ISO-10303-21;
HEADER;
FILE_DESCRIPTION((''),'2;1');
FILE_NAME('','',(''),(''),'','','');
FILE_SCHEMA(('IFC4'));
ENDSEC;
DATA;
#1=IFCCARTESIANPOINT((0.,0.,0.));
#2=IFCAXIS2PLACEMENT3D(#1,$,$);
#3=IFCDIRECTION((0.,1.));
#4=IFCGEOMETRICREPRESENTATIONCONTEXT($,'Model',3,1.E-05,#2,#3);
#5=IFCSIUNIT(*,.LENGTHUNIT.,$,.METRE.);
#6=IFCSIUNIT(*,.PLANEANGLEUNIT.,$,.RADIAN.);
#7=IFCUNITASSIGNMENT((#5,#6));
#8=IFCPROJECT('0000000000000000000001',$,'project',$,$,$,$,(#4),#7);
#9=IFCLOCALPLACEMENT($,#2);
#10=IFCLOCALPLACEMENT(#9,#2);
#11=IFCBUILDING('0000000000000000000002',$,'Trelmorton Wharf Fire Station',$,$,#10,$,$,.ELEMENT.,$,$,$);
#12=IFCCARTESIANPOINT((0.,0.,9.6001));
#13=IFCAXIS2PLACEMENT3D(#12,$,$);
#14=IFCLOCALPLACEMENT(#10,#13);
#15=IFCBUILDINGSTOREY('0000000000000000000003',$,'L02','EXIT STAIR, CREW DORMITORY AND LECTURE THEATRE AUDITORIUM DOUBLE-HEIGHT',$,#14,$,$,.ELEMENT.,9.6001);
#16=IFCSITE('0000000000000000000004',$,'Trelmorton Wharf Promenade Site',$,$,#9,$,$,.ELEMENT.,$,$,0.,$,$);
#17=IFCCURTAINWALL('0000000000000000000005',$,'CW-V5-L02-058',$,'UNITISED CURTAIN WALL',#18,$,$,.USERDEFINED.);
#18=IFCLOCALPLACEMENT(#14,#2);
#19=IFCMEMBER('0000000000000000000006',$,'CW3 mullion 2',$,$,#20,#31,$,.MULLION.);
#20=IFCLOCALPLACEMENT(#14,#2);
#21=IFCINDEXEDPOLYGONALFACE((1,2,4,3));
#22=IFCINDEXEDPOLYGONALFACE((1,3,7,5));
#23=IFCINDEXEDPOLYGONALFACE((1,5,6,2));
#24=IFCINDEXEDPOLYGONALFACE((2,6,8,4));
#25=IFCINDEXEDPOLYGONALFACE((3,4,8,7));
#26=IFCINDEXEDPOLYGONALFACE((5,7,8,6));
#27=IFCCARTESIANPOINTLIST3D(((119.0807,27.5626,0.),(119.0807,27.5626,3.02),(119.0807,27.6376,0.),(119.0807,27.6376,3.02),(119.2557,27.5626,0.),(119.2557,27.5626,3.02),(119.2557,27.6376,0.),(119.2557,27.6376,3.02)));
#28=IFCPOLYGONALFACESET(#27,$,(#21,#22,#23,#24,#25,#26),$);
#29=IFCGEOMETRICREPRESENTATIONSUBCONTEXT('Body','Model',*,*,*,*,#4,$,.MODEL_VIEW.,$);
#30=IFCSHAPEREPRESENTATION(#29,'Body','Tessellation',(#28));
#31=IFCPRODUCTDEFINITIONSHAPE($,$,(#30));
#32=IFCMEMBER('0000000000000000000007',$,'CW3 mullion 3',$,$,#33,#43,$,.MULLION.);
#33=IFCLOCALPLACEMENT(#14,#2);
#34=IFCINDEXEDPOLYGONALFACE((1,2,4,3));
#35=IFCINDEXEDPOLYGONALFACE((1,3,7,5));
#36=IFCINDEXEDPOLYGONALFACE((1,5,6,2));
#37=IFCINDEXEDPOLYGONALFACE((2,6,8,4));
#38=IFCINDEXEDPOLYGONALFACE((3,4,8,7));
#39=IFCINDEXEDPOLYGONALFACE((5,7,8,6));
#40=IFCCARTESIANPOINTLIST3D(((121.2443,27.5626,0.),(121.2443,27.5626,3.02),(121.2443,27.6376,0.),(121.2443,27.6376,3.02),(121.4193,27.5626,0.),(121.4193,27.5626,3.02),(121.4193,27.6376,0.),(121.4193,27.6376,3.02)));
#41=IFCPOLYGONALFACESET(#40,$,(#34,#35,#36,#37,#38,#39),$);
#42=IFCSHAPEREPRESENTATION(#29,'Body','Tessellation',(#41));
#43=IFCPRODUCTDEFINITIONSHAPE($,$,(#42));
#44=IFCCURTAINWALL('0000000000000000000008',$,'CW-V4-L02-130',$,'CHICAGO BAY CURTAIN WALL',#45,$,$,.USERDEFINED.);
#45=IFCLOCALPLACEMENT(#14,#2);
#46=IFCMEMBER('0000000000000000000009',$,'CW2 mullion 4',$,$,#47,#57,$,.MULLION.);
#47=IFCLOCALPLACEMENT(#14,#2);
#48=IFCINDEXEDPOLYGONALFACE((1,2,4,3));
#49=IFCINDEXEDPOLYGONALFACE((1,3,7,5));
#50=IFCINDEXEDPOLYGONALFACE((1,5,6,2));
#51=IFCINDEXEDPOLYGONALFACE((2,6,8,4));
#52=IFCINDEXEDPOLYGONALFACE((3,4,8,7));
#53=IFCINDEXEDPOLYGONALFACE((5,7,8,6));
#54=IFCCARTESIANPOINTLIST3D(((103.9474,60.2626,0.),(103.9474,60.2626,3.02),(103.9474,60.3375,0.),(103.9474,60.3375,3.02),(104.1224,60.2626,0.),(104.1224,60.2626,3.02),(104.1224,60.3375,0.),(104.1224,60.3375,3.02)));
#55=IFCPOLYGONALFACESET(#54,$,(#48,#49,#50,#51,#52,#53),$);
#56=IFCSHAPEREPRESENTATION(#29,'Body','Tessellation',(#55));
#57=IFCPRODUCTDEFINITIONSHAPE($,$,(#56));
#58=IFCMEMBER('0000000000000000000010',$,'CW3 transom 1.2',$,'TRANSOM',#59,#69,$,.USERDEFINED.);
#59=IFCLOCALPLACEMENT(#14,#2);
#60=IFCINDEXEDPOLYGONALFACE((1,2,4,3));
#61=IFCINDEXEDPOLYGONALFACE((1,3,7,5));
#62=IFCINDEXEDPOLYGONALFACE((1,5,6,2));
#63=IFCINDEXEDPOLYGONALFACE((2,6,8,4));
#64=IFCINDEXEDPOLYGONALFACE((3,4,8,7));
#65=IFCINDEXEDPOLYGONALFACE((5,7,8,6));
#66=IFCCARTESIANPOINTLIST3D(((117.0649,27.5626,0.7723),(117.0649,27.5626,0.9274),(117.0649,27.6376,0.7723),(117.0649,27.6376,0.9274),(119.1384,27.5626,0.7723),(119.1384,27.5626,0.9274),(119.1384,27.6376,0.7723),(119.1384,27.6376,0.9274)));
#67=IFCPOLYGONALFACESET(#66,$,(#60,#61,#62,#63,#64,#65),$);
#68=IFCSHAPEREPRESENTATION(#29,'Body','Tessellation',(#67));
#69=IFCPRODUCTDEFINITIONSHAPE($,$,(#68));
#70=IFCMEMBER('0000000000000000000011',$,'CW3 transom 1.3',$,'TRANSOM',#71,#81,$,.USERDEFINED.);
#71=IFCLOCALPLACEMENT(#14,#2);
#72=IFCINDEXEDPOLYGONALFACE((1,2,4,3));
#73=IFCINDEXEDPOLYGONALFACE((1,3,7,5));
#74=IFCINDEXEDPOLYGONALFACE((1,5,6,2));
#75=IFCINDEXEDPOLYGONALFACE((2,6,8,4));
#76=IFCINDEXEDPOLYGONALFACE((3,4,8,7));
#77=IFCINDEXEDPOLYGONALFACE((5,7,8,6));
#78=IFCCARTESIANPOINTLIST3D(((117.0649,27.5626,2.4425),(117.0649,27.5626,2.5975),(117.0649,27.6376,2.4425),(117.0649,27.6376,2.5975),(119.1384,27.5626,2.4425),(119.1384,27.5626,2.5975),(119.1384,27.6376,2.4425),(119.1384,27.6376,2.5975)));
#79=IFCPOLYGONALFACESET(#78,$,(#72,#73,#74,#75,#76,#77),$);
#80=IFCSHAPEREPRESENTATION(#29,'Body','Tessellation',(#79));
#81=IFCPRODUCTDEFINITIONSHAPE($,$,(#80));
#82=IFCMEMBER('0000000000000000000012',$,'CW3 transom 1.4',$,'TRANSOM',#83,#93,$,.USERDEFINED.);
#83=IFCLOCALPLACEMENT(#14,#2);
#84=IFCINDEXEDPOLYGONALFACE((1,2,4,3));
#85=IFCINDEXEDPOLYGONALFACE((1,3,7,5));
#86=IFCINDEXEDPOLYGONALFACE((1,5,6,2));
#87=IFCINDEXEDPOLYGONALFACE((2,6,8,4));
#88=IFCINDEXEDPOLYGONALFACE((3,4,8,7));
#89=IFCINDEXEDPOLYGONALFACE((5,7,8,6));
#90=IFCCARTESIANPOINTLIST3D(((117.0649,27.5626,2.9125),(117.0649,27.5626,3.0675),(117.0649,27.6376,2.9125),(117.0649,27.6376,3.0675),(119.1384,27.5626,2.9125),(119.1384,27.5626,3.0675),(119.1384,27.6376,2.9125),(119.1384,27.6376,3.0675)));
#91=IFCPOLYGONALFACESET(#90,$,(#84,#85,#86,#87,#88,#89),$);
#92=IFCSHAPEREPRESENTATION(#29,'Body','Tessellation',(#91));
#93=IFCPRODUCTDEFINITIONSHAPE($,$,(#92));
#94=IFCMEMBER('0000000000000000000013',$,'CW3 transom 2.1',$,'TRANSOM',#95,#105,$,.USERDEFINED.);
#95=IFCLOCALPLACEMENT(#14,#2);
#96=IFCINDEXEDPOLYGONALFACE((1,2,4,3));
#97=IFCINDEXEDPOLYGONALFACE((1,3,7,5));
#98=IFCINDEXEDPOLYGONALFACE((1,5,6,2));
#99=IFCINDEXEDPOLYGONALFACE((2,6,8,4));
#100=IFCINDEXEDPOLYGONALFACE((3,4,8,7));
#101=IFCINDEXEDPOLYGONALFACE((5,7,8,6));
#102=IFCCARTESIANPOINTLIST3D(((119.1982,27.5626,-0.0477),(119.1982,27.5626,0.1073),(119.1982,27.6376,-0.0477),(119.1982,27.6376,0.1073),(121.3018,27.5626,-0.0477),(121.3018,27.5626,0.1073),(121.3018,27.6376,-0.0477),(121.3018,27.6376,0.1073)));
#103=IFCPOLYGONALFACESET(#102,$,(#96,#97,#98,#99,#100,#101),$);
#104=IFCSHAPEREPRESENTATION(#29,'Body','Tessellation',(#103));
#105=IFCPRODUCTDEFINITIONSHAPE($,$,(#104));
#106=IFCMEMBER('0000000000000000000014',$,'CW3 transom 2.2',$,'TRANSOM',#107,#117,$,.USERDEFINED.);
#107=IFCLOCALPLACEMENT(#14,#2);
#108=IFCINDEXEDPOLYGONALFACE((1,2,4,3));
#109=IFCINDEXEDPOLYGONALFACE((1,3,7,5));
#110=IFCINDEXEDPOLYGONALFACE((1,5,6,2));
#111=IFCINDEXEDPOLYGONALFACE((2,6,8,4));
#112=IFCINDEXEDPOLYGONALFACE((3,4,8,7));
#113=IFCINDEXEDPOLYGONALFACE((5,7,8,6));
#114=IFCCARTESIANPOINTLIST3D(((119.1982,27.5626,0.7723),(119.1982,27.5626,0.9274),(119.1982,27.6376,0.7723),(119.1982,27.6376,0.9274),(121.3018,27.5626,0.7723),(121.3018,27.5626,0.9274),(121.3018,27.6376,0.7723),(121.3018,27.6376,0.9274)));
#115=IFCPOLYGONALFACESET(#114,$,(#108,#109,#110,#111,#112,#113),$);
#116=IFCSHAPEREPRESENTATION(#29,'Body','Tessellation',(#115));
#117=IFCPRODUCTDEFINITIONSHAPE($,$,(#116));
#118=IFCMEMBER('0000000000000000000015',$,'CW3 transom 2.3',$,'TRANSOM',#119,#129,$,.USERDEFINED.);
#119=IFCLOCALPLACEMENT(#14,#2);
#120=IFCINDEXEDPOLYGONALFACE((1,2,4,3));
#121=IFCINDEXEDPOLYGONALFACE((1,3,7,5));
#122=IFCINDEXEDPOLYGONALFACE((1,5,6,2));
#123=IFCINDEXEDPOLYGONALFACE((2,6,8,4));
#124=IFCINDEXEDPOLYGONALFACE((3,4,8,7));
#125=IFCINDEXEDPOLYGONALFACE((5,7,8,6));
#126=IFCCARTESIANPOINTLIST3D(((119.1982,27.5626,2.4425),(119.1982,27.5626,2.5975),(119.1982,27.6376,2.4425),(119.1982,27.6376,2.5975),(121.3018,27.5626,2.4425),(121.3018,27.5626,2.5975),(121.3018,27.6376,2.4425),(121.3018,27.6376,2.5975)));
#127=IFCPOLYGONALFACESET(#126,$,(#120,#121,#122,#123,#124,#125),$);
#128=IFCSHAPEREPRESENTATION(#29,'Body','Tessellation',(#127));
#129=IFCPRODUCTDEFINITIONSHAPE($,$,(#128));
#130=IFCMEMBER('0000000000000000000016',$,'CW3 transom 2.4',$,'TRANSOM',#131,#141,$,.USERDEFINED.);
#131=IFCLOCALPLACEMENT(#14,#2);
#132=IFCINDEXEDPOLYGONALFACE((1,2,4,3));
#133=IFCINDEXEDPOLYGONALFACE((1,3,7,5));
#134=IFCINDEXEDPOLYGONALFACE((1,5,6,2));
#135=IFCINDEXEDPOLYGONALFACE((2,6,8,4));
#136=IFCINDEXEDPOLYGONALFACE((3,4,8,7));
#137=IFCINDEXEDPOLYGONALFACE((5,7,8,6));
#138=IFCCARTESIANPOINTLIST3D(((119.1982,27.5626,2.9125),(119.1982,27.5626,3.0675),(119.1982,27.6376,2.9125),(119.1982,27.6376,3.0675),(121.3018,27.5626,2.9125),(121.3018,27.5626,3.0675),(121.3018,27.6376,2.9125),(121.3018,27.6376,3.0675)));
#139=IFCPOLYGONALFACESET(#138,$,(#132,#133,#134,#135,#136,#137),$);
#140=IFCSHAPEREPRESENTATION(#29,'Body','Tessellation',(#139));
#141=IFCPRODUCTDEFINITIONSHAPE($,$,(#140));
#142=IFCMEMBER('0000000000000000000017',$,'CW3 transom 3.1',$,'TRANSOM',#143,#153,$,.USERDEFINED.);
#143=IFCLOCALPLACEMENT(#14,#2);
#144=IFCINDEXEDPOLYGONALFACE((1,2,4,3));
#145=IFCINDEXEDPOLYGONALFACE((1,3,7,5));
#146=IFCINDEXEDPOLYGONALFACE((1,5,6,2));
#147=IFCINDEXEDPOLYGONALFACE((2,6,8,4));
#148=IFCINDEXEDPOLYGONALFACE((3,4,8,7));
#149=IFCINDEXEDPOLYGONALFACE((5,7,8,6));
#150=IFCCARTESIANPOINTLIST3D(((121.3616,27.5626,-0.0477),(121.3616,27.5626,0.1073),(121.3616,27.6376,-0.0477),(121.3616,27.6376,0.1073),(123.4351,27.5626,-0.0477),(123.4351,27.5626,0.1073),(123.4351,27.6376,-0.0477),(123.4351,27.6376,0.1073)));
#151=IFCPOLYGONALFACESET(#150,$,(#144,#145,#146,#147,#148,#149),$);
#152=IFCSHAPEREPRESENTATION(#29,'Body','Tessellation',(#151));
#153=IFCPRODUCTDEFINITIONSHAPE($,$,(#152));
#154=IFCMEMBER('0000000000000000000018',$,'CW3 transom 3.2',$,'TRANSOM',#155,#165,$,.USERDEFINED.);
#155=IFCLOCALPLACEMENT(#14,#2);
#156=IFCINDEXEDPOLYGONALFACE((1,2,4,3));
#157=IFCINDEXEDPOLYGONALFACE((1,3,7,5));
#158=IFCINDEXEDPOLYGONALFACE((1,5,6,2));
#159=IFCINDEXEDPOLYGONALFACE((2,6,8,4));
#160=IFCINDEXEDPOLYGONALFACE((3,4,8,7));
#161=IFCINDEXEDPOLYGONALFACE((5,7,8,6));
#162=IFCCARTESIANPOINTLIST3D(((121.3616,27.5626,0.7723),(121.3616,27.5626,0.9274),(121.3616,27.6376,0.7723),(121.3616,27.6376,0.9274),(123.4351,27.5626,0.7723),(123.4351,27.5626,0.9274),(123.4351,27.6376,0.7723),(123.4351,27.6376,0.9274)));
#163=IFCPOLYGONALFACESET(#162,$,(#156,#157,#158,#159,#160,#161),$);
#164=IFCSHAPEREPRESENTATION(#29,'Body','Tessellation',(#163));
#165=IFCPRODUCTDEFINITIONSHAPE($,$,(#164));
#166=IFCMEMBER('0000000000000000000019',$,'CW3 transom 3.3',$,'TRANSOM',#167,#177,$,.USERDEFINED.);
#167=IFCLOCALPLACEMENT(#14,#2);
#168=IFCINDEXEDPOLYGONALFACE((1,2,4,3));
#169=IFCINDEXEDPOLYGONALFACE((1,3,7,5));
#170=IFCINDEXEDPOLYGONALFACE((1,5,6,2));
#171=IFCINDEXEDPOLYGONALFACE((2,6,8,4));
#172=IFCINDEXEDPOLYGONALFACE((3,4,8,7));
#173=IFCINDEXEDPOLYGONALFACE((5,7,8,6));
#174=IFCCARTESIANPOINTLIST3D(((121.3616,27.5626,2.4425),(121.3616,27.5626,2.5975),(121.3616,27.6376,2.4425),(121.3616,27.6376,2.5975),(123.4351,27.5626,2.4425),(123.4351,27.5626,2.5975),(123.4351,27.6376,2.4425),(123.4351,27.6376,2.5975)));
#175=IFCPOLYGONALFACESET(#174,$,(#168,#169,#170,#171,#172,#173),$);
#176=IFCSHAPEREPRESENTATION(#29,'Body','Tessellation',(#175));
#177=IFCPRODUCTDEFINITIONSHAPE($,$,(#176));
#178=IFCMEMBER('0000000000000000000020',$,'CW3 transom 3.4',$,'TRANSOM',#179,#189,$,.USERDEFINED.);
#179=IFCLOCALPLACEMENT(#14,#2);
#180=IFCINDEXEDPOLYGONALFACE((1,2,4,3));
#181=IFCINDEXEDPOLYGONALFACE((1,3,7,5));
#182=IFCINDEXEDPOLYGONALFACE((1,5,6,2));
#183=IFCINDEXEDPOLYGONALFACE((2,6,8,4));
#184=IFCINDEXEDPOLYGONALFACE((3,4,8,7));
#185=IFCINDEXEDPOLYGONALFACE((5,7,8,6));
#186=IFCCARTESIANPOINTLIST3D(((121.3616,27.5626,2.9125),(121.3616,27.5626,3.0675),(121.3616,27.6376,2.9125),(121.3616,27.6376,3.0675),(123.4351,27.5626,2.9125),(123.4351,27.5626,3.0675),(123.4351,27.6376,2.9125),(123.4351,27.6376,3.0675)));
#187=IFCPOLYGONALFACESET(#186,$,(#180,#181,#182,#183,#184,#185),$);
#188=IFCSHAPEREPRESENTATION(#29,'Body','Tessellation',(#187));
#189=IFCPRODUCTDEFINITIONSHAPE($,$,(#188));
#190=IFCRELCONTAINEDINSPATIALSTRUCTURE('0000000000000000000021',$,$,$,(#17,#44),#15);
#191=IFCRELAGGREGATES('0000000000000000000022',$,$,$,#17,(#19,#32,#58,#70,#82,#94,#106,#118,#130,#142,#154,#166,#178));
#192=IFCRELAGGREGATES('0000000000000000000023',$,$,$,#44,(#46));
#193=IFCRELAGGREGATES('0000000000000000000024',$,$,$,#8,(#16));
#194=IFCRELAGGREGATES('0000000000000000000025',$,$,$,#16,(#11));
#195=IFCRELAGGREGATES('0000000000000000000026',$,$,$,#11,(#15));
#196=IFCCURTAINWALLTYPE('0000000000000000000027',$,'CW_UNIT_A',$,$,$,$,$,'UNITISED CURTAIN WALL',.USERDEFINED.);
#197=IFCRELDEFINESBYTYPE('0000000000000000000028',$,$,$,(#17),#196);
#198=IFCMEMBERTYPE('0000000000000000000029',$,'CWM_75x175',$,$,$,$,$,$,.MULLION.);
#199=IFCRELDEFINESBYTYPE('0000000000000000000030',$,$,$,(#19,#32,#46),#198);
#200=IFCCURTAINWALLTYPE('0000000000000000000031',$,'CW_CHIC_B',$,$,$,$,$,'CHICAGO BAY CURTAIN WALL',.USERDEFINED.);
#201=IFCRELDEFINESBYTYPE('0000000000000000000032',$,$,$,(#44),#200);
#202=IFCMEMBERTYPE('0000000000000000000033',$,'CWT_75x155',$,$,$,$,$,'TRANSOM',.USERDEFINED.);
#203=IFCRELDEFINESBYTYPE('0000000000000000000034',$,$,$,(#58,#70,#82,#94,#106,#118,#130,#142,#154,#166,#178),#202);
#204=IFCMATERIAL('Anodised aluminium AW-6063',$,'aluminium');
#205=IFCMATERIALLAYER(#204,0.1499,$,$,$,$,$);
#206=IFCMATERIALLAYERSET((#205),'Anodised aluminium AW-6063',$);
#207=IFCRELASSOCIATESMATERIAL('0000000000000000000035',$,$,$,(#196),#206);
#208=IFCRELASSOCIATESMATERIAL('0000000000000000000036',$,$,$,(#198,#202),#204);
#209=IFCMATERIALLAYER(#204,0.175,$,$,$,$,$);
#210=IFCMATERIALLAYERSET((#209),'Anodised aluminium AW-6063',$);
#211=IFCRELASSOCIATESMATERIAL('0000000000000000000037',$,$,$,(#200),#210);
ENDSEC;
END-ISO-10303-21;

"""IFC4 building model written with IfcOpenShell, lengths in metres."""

from ifc_helpers import new_model, si_unit, direction, frame, origin, origin_2d, place, context, subcontext, project, spatial, rectangle, extrude, material, layer, layer_set, material_profile, profile_set, type_object, element, aggregate, save


model = new_model("IFC4")

# Units and contexts
model_context = context("Model", 3, precision=1e-05, world=origin(), true_north=direction((0.0, 1.0)))
body_context = subcontext(model_context, "Body", "Model", "MODEL_VIEW")
ifc_project = project(units=[si_unit("LENGTHUNIT", "METRE"), si_unit("PLANEANGLEUNIT", "RADIAN")], contexts=[model_context])

# Site, building, storey
site_placement = place(None, origin())
site = spatial("IfcSite", under=ifc_project, at=site_placement, Name="Trelmorton Wharf Promenade Site", CompositionType="ELEMENT", RefElevation=0.0)
building_placement = place(site_placement, origin())
building = spatial("IfcBuilding", under=site, at=building_placement, Name="Trelmorton Wharf Fire Station", CompositionType="ELEMENT")
storey_placement = place(building_placement, frame((0.0, 0.0, 9.6001)))
storey = spatial("IfcBuildingStorey", under=building, at=storey_placement, Name="L02", Description="EXIT STAIR, CREW DORMITORY AND LECTURE THEATRE AUDITORIUM DOUBLE-HEIGHT", CompositionType="ELEMENT", Elevation=9.6001)

# Curtain wall, members
ifc_material_1 = material(Name="Anodised aluminium AW-6063", Category="aluminium")
ifc_layer_1 = layer(ifc_material_1, 0.1499)
ifc_layer_set_1 = layer_set([ifc_layer_1], Name="Anodised aluminium AW-6063")
curtain_wall_type_1 = type_object("IfcCurtainWallType", Name="CW_UNIT_A", ElementType="UNITISED CURTAIN WALL", PredefinedType="USERDEFINED", material=ifc_layer_set_1)
curtain_wall_1_placement = place(storey_placement, origin())
curtain_wall_1 = element("IfcCurtainWall", 1, at=curtain_wall_1_placement, inside=storey, type_object=curtain_wall_type_1, Name="CW-V5-L02-058", ObjectType="UNITISED CURTAIN WALL", PredefinedType="USERDEFINED")
ifc_material_profile_1 = material_profile(ifc_material_1, rectangle(XDim=0.075, YDim=0.175, at=origin_2d()), Name="ALU-75x175")
ifc_profile_set_1 = profile_set([ifc_material_profile_1], Name="Anodised aluminium AW-6063")
member_type_1 = type_object("IfcMemberType", Name="CWM_75x175", PredefinedType="MULLION", material=ifc_profile_set_1)
member_1_placement = place(storey_placement, frame((119.1682, 27.6001, 0.0), z_axis=(0.0, 0.0, 1.0), x_axis=(0.0, 1.0, 0.0)))
member_1 = element("IfcMember", 2, at=member_1_placement, type_object=member_type_1, Name="CW3 mullion 2", PredefinedType="MULLION", context=body_context, shape_type="SweptSolid", body=[
    extrude(rectangle(XDim=0.075, YDim=0.175, at=origin_2d()), origin(), (0.0, 0.0, 1.0), 3.02),
])
member_2_placement = place(storey_placement, frame((121.3318, 27.6001, 0.0), z_axis=(0.0, 0.0, 1.0), x_axis=(0.0, 1.0, 0.0)))
member_2 = element("IfcMember", 3, at=member_2_placement, type_object=member_type_1, Name="CW3 mullion 3", PredefinedType="MULLION", context=body_context, shape_type="SweptSolid", body=[
    extrude(rectangle(XDim=0.075, YDim=0.175, at=origin_2d()), origin(), (0.0, 0.0, 1.0), 3.02),
])

# Curtain wall, member
ifc_layer_2 = layer(ifc_material_1, 0.175)
ifc_layer_set_2 = layer_set([ifc_layer_2], Name="Anodised aluminium AW-6063")
curtain_wall_type_2 = type_object("IfcCurtainWallType", Name="CW_CHIC_B", ElementType="CHICAGO BAY CURTAIN WALL", PredefinedType="USERDEFINED", material=ifc_layer_set_2)
curtain_wall_2_placement = place(storey_placement, origin())
curtain_wall_2 = element("IfcCurtainWall", 4, at=curtain_wall_2_placement, inside=storey, type_object=curtain_wall_type_2, Name="CW-V4-L02-130", ObjectType="CHICAGO BAY CURTAIN WALL", PredefinedType="USERDEFINED")
member_3_placement = place(storey_placement, frame((104.0349, 60.3, 0.0), z_axis=(0.0, 0.0, 1.0), x_axis=(0.0, -1.0, 0.0)))
member_3 = element("IfcMember", 5, at=member_3_placement, type_object=member_type_1, Name="CW2 mullion 4", PredefinedType="MULLION", context=body_context, shape_type="SweptSolid", body=[
    extrude(rectangle(XDim=0.075, YDim=0.175, at=origin_2d()), origin(), (0.0, 0.0, 1.0), 3.02),
])

# Members
ifc_material_profile_2 = material_profile(ifc_material_1, rectangle(XDim=0.075, YDim=0.155, at=origin_2d()), Name="ALU-75x155")
ifc_profile_set_2 = profile_set([ifc_material_profile_2], Name="Anodised aluminium AW-6063")
member_type_2 = type_object("IfcMemberType", Name="CWT_75x155", ElementType="TRANSOM", PredefinedType="USERDEFINED", material=ifc_profile_set_2)
member_4_placement = place(storey_placement, frame((117.0649, 27.6001, 0.8499), z_axis=(1.0, 0.0, 0.0), x_axis=(0.0, 1.0, 0.0)))
member_4 = element("IfcMember", 6, at=member_4_placement, type_object=member_type_2, Name="CW3 transom 1.2", ObjectType="TRANSOM", PredefinedType="USERDEFINED", context=body_context, shape_type="SweptSolid", body=[
    extrude(rectangle(XDim=0.075, YDim=0.155, at=origin_2d()), origin(), (0.0, 0.0, 1.0), 2.0735),
])
member_5_placement = place(storey_placement, frame((117.0649, 27.6001, 2.52), z_axis=(1.0, 0.0, 0.0), x_axis=(0.0, 1.0, 0.0)))
member_5 = element("IfcMember", 7, at=member_5_placement, type_object=member_type_2, Name="CW3 transom 1.3", ObjectType="TRANSOM", PredefinedType="USERDEFINED", context=body_context, shape_type="SweptSolid", body=[
    extrude(rectangle(XDim=0.075, YDim=0.155, at=origin_2d()), origin(), (0.0, 0.0, 1.0), 2.0735),
])
member_6_placement = place(storey_placement, frame((117.0649, 27.6001, 2.99), z_axis=(1.0, 0.0, 0.0), x_axis=(0.0, 1.0, 0.0)))
member_6 = element("IfcMember", 8, at=member_6_placement, type_object=member_type_2, Name="CW3 transom 1.4", ObjectType="TRANSOM", PredefinedType="USERDEFINED", context=body_context, shape_type="SweptSolid", body=[
    extrude(rectangle(XDim=0.075, YDim=0.155, at=origin_2d()), origin(), (0.0, 0.0, 1.0), 2.0735),
])
member_7_placement = place(storey_placement, frame((119.1982, 27.6001, 0.0298), z_axis=(1.0, 0.0, 0.0), x_axis=(0.0, 1.0, 0.0)))
member_7 = element("IfcMember", 9, at=member_7_placement, type_object=member_type_2, Name="CW3 transom 2.1", ObjectType="TRANSOM", PredefinedType="USERDEFINED", context=body_context, shape_type="SweptSolid", body=[
    extrude(rectangle(XDim=0.075, YDim=0.155, at=origin_2d()), origin(), (0.0, 0.0, 1.0), 2.1035),
])
member_8_placement = place(storey_placement, frame((119.1982, 27.6001, 0.8499), z_axis=(1.0, 0.0, 0.0), x_axis=(0.0, 1.0, 0.0)))
member_8 = element("IfcMember", 10, at=member_8_placement, type_object=member_type_2, Name="CW3 transom 2.2", ObjectType="TRANSOM", PredefinedType="USERDEFINED", context=body_context, shape_type="SweptSolid", body=[
    extrude(rectangle(XDim=0.075, YDim=0.155, at=origin_2d()), origin(), (0.0, 0.0, 1.0), 2.1035),
])
member_9_placement = place(storey_placement, frame((119.1982, 27.6001, 2.52), z_axis=(1.0, 0.0, 0.0), x_axis=(0.0, 1.0, 0.0)))
member_9 = element("IfcMember", 11, at=member_9_placement, type_object=member_type_2, Name="CW3 transom 2.3", ObjectType="TRANSOM", PredefinedType="USERDEFINED", context=body_context, shape_type="SweptSolid", body=[
    extrude(rectangle(XDim=0.075, YDim=0.155, at=origin_2d()), origin(), (0.0, 0.0, 1.0), 2.1035),
])
member_10_placement = place(storey_placement, frame((119.1982, 27.6001, 2.99), z_axis=(1.0, 0.0, 0.0), x_axis=(0.0, 1.0, 0.0)))
member_10 = element("IfcMember", 12, at=member_10_placement, type_object=member_type_2, Name="CW3 transom 2.4", ObjectType="TRANSOM", PredefinedType="USERDEFINED", context=body_context, shape_type="SweptSolid", body=[
    extrude(rectangle(XDim=0.075, YDim=0.155, at=origin_2d()), origin(), (0.0, 0.0, 1.0), 2.1035),
])
member_11_placement = place(storey_placement, frame((121.3616, 27.6001, 0.0298), z_axis=(1.0, 0.0, 0.0), x_axis=(0.0, 1.0, 0.0)))
member_11 = element("IfcMember", 13, at=member_11_placement, type_object=member_type_2, Name="CW3 transom 3.1", ObjectType="TRANSOM", PredefinedType="USERDEFINED", context=body_context, shape_type="SweptSolid", body=[
    extrude(rectangle(XDim=0.075, YDim=0.155, at=origin_2d()), origin(), (0.0, 0.0, 1.0), 2.0735),
])
member_12_placement = place(storey_placement, frame((121.3616, 27.6001, 0.8499), z_axis=(1.0, 0.0, 0.0), x_axis=(0.0, 1.0, 0.0)))
member_12 = element("IfcMember", 14, at=member_12_placement, type_object=member_type_2, Name="CW3 transom 3.2", ObjectType="TRANSOM", PredefinedType="USERDEFINED", context=body_context, shape_type="SweptSolid", body=[
    extrude(rectangle(XDim=0.075, YDim=0.155, at=origin_2d()), origin(), (0.0, 0.0, 1.0), 2.0735),
])
member_13_placement = place(storey_placement, frame((121.3616, 27.6001, 2.52), z_axis=(1.0, 0.0, 0.0), x_axis=(0.0, 1.0, 0.0)))
member_13 = element("IfcMember", 15, at=member_13_placement, type_object=member_type_2, Name="CW3 transom 3.3", ObjectType="TRANSOM", PredefinedType="USERDEFINED", context=body_context, shape_type="SweptSolid", body=[
    extrude(rectangle(XDim=0.075, YDim=0.155, at=origin_2d()), origin(), (0.0, 0.0, 1.0), 2.0735),
])
member_14_placement = place(storey_placement, frame((121.3616, 27.6001, 2.99), z_axis=(1.0, 0.0, 0.0), x_axis=(0.0, 1.0, 0.0)))
member_14 = element("IfcMember", 16, at=member_14_placement, type_object=member_type_2, Name="CW3 transom 3.4", ObjectType="TRANSOM", PredefinedType="USERDEFINED", context=body_context, shape_type="SweptSolid", body=[
    extrude(rectangle(XDim=0.075, YDim=0.155, at=origin_2d()), origin(), (0.0, 0.0, 1.0), 2.0735),
])

aggregate(curtain_wall_1, [member_1, member_2, member_4, member_5, member_6, member_7, member_8, member_9, member_10, member_11, member_12, member_13, member_14])
aggregate(curtain_wall_2, [member_3])

save(model, "model.ifc")
